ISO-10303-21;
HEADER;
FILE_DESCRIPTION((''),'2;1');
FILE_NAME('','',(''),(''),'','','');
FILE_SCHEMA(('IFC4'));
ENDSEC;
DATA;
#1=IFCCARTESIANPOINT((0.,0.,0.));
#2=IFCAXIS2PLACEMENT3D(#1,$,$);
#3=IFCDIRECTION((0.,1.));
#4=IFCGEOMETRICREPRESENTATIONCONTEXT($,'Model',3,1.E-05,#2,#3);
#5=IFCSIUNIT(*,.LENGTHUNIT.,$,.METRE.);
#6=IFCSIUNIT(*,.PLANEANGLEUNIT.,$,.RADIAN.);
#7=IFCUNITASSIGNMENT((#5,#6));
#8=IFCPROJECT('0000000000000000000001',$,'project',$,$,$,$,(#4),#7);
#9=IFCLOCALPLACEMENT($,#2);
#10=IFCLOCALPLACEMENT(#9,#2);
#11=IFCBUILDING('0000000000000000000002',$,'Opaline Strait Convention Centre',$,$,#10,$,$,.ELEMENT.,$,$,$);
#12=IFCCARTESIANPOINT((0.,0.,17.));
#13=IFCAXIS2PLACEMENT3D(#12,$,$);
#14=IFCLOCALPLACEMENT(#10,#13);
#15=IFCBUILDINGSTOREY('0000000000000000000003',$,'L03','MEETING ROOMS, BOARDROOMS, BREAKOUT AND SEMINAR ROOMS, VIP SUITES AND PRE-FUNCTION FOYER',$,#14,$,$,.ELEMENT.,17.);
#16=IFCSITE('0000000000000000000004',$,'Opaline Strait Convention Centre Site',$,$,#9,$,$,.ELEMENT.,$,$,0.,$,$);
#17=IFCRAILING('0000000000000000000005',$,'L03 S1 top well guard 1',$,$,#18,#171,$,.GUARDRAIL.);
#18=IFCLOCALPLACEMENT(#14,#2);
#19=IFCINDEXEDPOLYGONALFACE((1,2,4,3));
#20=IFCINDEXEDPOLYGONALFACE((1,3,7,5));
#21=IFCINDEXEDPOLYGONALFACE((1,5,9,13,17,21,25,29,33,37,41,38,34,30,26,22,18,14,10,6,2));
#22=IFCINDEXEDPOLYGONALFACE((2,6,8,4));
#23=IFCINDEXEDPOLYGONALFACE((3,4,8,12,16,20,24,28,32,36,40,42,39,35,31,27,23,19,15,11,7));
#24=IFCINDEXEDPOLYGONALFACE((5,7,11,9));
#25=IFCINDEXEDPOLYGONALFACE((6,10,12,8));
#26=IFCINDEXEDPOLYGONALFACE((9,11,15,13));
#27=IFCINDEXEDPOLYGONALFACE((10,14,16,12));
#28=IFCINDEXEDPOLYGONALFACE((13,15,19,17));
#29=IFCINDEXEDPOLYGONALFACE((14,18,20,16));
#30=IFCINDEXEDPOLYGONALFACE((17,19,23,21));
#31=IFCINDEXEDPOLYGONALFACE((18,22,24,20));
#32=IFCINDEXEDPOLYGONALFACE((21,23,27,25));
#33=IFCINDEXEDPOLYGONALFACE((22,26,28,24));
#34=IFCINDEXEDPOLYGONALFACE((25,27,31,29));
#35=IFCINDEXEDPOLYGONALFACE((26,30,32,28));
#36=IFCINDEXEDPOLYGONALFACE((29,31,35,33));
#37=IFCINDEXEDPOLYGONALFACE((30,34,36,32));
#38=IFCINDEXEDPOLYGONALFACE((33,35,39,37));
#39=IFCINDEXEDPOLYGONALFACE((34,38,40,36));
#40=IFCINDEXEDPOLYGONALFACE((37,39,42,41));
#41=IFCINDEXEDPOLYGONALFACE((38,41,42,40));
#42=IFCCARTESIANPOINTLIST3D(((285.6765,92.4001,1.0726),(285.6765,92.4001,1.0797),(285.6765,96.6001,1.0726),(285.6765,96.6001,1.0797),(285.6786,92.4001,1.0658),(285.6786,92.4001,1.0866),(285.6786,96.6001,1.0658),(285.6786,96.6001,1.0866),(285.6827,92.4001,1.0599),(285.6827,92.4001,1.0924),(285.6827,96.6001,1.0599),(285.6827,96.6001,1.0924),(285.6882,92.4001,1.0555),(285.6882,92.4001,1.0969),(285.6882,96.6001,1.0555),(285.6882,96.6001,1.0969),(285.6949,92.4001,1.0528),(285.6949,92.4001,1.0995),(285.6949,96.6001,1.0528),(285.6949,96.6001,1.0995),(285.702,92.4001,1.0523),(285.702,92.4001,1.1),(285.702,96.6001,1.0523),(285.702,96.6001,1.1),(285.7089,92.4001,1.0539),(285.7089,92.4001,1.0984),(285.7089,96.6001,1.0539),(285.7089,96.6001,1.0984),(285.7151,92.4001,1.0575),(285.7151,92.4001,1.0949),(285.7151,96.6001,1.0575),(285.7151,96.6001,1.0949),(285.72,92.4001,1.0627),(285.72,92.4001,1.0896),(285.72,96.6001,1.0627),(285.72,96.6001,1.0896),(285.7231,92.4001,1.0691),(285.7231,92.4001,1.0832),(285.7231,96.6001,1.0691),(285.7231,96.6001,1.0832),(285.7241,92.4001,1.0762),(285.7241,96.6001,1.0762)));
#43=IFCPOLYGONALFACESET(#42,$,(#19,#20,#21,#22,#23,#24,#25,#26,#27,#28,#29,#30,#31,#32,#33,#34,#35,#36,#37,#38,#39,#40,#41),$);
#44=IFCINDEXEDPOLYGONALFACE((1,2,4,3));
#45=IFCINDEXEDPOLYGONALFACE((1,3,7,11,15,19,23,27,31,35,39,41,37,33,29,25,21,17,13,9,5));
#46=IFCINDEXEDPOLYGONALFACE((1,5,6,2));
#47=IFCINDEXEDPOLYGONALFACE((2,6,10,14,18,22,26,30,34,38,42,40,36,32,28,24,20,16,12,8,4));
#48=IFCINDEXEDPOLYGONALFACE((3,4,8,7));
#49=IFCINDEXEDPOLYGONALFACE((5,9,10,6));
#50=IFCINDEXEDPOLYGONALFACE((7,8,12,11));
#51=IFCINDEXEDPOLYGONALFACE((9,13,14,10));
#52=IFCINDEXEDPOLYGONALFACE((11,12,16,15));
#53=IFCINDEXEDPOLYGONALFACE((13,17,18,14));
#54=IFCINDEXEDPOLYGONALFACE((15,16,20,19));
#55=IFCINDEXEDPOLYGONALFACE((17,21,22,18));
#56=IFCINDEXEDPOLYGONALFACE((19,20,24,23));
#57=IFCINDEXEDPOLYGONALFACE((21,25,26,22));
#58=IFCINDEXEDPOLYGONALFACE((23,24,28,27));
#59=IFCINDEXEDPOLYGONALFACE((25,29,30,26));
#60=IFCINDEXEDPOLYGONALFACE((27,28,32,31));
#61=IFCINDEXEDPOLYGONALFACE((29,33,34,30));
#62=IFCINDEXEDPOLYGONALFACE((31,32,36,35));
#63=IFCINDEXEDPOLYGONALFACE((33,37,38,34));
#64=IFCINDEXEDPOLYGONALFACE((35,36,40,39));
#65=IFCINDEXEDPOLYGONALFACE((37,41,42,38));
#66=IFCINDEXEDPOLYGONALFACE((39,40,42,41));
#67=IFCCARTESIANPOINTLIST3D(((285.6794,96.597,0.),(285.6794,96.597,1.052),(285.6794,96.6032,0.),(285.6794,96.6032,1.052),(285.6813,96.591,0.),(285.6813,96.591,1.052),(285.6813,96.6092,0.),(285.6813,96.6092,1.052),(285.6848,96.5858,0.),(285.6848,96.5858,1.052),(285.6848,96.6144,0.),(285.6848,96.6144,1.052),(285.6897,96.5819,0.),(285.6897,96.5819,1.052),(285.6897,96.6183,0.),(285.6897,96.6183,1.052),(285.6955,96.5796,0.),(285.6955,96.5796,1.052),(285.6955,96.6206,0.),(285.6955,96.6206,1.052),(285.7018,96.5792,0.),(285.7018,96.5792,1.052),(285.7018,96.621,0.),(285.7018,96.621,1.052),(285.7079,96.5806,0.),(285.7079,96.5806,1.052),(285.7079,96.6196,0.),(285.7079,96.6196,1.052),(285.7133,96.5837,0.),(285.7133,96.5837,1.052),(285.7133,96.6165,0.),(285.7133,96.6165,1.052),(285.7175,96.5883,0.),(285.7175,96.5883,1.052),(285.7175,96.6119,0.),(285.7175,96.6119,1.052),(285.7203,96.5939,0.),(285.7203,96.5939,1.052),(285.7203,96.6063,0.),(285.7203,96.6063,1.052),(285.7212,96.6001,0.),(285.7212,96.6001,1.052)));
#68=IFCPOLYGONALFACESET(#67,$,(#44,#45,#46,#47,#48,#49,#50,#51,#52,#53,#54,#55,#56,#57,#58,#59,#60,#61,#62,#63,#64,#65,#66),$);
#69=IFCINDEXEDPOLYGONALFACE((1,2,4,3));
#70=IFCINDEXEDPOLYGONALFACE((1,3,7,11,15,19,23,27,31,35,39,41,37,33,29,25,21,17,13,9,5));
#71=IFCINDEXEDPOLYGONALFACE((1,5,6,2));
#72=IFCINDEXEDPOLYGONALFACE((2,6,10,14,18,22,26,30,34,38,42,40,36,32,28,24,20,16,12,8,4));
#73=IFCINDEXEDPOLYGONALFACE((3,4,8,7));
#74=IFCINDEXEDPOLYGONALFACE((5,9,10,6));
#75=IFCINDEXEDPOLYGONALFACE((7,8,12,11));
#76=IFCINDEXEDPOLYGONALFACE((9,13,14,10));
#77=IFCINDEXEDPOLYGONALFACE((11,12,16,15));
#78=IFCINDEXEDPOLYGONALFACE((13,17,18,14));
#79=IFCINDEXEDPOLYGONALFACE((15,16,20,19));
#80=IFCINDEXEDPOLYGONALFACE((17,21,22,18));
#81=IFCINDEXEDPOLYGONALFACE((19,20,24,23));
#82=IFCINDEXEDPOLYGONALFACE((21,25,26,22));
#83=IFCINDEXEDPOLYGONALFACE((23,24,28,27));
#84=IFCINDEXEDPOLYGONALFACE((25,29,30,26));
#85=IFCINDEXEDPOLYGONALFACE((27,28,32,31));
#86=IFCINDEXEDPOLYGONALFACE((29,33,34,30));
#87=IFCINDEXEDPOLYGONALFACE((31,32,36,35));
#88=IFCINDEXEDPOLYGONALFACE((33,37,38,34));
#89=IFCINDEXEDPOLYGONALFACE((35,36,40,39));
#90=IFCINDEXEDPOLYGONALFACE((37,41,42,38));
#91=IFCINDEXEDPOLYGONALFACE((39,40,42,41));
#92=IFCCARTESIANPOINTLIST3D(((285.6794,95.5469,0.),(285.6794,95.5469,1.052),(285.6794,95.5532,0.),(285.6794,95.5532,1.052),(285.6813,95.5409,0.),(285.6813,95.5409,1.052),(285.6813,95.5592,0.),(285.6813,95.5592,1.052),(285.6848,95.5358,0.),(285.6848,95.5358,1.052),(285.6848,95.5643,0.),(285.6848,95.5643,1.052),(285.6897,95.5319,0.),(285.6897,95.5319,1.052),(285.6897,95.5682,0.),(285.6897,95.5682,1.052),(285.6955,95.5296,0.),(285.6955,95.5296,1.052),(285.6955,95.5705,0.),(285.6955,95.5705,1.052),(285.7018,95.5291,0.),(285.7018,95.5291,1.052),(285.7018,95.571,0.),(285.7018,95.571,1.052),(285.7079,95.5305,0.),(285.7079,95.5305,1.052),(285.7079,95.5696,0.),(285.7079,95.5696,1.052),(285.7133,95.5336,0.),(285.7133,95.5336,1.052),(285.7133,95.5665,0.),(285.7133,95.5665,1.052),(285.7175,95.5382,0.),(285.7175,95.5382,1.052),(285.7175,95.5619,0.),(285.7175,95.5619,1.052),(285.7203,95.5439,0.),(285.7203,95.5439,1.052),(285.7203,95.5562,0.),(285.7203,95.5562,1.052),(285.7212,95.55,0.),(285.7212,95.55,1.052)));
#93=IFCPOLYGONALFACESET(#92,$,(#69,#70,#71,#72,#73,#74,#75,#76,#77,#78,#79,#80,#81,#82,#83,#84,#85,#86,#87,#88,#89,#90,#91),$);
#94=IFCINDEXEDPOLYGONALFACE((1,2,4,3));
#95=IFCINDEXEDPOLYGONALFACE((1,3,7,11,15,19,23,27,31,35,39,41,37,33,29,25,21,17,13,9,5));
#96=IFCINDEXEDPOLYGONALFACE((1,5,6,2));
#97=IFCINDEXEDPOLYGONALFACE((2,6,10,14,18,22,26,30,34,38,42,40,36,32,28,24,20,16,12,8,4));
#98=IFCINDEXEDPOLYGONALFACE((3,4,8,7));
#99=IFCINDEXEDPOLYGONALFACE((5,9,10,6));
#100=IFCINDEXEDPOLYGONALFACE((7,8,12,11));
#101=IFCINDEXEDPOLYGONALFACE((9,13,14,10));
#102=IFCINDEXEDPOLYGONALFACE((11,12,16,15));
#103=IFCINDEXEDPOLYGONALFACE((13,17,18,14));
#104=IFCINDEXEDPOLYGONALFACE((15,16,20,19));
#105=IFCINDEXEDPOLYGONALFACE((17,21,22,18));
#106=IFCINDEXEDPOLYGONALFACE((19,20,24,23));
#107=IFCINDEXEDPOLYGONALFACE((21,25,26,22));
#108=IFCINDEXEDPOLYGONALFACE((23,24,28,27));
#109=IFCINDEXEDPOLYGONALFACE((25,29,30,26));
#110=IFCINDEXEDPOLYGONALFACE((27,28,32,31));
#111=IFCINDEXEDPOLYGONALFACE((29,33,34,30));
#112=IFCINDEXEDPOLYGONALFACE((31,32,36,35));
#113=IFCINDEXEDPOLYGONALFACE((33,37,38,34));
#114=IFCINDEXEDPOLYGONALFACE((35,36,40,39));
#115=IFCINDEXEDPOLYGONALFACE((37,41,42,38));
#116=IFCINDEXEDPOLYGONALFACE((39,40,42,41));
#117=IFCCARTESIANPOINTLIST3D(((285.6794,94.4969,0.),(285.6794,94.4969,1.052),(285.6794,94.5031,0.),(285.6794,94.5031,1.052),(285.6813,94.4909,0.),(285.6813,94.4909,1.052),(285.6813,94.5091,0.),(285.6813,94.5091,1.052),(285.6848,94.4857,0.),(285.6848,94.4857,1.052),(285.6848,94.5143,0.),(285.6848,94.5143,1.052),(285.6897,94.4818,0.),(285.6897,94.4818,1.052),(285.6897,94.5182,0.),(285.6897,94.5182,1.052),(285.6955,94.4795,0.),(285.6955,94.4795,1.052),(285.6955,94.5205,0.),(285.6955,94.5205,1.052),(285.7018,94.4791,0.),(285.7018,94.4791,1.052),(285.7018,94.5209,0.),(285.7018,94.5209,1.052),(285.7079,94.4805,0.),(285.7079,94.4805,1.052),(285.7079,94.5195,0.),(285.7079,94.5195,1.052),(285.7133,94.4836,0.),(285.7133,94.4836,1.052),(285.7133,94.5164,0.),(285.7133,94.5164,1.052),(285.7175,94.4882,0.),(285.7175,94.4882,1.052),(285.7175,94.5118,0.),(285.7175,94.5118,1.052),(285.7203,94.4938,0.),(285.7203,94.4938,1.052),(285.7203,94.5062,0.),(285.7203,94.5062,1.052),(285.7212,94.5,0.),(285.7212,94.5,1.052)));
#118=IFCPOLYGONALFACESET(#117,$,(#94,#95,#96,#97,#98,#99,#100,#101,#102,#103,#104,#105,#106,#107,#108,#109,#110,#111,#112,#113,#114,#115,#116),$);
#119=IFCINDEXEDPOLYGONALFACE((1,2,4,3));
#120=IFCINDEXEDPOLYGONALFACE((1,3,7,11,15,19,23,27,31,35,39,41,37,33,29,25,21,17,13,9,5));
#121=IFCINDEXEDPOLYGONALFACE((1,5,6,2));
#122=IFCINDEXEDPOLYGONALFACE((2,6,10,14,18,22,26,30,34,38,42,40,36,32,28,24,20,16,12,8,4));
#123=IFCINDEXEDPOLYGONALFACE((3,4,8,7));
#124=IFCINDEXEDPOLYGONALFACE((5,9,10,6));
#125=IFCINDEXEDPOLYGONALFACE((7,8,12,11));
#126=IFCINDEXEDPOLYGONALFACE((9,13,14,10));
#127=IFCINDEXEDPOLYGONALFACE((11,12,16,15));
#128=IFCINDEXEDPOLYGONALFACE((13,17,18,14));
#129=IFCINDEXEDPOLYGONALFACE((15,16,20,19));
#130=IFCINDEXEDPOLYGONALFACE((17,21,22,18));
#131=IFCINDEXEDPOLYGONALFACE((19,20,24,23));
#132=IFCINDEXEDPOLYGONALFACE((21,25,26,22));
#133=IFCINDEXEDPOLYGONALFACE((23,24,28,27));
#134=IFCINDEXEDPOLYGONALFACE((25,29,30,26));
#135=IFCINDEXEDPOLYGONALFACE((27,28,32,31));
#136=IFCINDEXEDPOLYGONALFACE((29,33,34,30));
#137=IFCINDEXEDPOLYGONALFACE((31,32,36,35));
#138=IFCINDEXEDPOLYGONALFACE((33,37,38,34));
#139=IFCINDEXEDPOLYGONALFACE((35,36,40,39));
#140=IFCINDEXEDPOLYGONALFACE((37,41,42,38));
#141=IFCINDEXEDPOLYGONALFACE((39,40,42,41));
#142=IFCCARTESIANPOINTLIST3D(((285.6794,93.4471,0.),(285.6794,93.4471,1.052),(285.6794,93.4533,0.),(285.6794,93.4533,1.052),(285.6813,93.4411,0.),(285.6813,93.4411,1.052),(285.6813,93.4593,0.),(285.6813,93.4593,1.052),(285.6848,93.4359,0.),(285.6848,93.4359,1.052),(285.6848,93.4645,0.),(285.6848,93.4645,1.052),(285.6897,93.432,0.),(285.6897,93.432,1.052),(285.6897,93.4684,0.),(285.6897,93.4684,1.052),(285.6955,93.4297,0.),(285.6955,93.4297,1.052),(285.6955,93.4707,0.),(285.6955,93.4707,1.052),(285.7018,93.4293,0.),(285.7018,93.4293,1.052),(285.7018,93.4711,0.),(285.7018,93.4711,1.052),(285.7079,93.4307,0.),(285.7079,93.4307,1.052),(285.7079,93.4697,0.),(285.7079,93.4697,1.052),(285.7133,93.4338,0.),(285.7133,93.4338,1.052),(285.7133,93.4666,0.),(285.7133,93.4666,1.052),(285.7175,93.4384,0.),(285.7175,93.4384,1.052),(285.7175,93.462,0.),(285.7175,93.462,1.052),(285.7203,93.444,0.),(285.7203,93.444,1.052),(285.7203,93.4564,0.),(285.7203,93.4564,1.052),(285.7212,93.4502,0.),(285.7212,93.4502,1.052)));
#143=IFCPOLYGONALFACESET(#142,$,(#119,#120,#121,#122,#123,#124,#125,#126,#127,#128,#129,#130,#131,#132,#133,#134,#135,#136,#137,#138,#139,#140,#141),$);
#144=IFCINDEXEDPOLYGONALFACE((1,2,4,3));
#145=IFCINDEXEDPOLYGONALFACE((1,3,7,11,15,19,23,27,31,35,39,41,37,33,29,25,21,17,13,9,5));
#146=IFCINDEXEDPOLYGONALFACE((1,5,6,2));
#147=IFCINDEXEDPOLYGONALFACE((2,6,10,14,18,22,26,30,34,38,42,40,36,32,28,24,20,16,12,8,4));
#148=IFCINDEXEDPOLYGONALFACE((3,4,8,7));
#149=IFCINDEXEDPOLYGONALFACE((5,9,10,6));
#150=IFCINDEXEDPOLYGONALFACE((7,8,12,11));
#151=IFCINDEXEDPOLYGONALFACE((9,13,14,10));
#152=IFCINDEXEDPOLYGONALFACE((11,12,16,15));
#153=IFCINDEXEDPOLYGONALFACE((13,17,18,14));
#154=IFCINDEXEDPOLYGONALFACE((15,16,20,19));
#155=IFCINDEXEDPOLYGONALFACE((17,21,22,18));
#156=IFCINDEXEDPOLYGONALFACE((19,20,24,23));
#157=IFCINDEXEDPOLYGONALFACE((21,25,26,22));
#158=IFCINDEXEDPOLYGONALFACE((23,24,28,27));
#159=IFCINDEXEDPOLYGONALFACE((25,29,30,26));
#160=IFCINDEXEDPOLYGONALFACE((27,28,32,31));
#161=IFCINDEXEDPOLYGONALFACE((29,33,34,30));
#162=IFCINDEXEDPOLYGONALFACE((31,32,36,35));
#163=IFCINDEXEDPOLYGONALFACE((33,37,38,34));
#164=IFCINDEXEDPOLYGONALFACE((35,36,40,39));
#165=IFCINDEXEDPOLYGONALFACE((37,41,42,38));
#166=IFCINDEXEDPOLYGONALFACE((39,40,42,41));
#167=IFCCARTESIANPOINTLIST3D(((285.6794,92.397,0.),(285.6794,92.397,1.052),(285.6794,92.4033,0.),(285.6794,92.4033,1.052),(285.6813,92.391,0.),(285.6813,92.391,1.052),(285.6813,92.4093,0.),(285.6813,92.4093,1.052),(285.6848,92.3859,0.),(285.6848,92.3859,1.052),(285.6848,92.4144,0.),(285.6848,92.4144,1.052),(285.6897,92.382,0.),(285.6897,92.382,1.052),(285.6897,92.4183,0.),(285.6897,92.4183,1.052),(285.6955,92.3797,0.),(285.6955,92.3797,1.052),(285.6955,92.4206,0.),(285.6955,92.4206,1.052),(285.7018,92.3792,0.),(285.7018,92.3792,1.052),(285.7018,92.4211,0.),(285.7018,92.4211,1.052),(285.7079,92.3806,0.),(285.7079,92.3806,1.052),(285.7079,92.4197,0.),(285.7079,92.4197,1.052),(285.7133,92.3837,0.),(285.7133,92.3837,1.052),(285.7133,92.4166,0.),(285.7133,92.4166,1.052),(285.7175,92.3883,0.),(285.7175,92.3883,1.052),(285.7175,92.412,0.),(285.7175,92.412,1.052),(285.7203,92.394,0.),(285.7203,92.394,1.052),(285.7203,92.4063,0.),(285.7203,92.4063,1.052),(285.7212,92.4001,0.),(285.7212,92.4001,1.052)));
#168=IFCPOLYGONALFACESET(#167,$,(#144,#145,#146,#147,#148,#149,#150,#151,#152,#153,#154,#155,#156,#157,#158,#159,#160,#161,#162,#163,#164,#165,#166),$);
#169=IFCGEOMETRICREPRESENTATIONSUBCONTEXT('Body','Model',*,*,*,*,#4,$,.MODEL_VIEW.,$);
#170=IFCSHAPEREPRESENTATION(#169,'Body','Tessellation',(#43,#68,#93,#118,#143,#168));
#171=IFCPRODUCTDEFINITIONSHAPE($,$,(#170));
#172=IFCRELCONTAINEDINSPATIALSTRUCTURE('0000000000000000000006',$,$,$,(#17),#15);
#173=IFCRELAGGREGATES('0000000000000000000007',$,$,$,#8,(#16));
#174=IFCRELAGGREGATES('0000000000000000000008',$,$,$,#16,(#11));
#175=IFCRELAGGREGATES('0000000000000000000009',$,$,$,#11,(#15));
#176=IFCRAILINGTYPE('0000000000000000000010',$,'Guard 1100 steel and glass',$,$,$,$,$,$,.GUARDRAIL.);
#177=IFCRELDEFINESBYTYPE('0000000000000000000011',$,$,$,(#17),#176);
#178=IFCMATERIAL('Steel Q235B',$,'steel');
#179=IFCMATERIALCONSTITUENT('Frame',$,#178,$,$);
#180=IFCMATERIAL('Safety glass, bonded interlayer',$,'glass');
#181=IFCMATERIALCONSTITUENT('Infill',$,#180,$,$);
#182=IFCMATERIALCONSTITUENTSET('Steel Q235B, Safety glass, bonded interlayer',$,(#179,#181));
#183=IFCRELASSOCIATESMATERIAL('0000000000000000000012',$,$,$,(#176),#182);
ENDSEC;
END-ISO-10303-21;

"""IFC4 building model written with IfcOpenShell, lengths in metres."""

from ifc_helpers import new_model, si_unit, direction, frame, origin, origin_2d, place, context, subcontext, project, spatial, circle, extrude, material, constituent, constituent_set, type_object, element, save


model = new_model("IFC4")

# Units and contexts
model_context = context("Model", 3, precision=1e-05, world=origin(), true_north=direction((0.0, 1.0)))
body_context = subcontext(model_context, "Body", "Model", "MODEL_VIEW")
ifc_project = project(units=[si_unit("LENGTHUNIT", "METRE"), si_unit("PLANEANGLEUNIT", "RADIAN")], contexts=[model_context])

# Site, building, storey
site_placement = place(None, origin())
site = spatial("IfcSite", under=ifc_project, at=site_placement, Name="Opaline Strait Convention Centre Site", CompositionType="ELEMENT", RefElevation=0.0)
building_placement = place(site_placement, origin())
building = spatial("IfcBuilding", under=site, at=building_placement, Name="Opaline Strait Convention Centre", CompositionType="ELEMENT")
storey_placement = place(building_placement, frame((0.0, 0.0, 17.0)))
storey = spatial("IfcBuildingStorey", under=building, at=storey_placement, Name="L03", Description="MEETING ROOMS, BOARDROOMS, BREAKOUT AND SEMINAR ROOMS, VIP SUITES AND PRE-FUNCTION FOYER", CompositionType="ELEMENT", Elevation=17.0)

# Shared definitions
ifc_material_1 = material(Name="Steel Q235B", Category="steel")

# Railing
ifc_constituent_1 = constituent(ifc_material_1, Name="Frame")
ifc_material_2 = material(Name="Safety glass, bonded interlayer", Category="glass")
ifc_constituent_2 = constituent(ifc_material_2, Name="Infill")
ifc_constituent_set = constituent_set(constituents=[ifc_constituent_1, ifc_constituent_2], Name="Steel Q235B, Safety glass, bonded interlayer")
railing_type = type_object("IfcRailingType", Name="Guard 1100 steel and glass", PredefinedType="GUARDRAIL", material=ifc_constituent_set)
railing_placement = place(storey_placement, frame((285.7002, 96.6001, 0.0)))
element("IfcRailing", 1, at=railing_placement, inside=storey, type_object=railing_type, Name="L03 S1 top well guard 1", PredefinedType="GUARDRAIL", context=body_context, shape_type="SweptSolid", body=[
    extrude(circle(Radius=0.0239, at=origin_2d()), frame((0.0, 0.0, 1.0762), z_axis=(0.0, -1.0, 0.0), x_axis=(1.0, 0.0, 0.0)), (0.0, 0.0, 1.0), 4.2),
    extrude(circle(Radius=0.021, at=origin_2d()), origin(), (0.0, 0.0, 1.0), 1.052),
    extrude(circle(Radius=0.021, at=origin_2d()), frame((0.0, -1.05, 0.0)), (0.0, 0.0, 1.0), 1.052),
    extrude(circle(Radius=0.021, at=origin_2d()), frame((0.0, -2.1001, 0.0)), (0.0, 0.0, 1.0), 1.052),
    extrude(circle(Radius=0.021, at=origin_2d()), frame((0.0, -3.1499, 0.0)), (0.0, 0.0, 1.0), 1.052),
    extrude(circle(Radius=0.021, at=origin_2d()), frame((0.0, -4.2, 0.0)), (0.0, 0.0, 1.0), 1.052),
])

save(model, "model.ifc")
